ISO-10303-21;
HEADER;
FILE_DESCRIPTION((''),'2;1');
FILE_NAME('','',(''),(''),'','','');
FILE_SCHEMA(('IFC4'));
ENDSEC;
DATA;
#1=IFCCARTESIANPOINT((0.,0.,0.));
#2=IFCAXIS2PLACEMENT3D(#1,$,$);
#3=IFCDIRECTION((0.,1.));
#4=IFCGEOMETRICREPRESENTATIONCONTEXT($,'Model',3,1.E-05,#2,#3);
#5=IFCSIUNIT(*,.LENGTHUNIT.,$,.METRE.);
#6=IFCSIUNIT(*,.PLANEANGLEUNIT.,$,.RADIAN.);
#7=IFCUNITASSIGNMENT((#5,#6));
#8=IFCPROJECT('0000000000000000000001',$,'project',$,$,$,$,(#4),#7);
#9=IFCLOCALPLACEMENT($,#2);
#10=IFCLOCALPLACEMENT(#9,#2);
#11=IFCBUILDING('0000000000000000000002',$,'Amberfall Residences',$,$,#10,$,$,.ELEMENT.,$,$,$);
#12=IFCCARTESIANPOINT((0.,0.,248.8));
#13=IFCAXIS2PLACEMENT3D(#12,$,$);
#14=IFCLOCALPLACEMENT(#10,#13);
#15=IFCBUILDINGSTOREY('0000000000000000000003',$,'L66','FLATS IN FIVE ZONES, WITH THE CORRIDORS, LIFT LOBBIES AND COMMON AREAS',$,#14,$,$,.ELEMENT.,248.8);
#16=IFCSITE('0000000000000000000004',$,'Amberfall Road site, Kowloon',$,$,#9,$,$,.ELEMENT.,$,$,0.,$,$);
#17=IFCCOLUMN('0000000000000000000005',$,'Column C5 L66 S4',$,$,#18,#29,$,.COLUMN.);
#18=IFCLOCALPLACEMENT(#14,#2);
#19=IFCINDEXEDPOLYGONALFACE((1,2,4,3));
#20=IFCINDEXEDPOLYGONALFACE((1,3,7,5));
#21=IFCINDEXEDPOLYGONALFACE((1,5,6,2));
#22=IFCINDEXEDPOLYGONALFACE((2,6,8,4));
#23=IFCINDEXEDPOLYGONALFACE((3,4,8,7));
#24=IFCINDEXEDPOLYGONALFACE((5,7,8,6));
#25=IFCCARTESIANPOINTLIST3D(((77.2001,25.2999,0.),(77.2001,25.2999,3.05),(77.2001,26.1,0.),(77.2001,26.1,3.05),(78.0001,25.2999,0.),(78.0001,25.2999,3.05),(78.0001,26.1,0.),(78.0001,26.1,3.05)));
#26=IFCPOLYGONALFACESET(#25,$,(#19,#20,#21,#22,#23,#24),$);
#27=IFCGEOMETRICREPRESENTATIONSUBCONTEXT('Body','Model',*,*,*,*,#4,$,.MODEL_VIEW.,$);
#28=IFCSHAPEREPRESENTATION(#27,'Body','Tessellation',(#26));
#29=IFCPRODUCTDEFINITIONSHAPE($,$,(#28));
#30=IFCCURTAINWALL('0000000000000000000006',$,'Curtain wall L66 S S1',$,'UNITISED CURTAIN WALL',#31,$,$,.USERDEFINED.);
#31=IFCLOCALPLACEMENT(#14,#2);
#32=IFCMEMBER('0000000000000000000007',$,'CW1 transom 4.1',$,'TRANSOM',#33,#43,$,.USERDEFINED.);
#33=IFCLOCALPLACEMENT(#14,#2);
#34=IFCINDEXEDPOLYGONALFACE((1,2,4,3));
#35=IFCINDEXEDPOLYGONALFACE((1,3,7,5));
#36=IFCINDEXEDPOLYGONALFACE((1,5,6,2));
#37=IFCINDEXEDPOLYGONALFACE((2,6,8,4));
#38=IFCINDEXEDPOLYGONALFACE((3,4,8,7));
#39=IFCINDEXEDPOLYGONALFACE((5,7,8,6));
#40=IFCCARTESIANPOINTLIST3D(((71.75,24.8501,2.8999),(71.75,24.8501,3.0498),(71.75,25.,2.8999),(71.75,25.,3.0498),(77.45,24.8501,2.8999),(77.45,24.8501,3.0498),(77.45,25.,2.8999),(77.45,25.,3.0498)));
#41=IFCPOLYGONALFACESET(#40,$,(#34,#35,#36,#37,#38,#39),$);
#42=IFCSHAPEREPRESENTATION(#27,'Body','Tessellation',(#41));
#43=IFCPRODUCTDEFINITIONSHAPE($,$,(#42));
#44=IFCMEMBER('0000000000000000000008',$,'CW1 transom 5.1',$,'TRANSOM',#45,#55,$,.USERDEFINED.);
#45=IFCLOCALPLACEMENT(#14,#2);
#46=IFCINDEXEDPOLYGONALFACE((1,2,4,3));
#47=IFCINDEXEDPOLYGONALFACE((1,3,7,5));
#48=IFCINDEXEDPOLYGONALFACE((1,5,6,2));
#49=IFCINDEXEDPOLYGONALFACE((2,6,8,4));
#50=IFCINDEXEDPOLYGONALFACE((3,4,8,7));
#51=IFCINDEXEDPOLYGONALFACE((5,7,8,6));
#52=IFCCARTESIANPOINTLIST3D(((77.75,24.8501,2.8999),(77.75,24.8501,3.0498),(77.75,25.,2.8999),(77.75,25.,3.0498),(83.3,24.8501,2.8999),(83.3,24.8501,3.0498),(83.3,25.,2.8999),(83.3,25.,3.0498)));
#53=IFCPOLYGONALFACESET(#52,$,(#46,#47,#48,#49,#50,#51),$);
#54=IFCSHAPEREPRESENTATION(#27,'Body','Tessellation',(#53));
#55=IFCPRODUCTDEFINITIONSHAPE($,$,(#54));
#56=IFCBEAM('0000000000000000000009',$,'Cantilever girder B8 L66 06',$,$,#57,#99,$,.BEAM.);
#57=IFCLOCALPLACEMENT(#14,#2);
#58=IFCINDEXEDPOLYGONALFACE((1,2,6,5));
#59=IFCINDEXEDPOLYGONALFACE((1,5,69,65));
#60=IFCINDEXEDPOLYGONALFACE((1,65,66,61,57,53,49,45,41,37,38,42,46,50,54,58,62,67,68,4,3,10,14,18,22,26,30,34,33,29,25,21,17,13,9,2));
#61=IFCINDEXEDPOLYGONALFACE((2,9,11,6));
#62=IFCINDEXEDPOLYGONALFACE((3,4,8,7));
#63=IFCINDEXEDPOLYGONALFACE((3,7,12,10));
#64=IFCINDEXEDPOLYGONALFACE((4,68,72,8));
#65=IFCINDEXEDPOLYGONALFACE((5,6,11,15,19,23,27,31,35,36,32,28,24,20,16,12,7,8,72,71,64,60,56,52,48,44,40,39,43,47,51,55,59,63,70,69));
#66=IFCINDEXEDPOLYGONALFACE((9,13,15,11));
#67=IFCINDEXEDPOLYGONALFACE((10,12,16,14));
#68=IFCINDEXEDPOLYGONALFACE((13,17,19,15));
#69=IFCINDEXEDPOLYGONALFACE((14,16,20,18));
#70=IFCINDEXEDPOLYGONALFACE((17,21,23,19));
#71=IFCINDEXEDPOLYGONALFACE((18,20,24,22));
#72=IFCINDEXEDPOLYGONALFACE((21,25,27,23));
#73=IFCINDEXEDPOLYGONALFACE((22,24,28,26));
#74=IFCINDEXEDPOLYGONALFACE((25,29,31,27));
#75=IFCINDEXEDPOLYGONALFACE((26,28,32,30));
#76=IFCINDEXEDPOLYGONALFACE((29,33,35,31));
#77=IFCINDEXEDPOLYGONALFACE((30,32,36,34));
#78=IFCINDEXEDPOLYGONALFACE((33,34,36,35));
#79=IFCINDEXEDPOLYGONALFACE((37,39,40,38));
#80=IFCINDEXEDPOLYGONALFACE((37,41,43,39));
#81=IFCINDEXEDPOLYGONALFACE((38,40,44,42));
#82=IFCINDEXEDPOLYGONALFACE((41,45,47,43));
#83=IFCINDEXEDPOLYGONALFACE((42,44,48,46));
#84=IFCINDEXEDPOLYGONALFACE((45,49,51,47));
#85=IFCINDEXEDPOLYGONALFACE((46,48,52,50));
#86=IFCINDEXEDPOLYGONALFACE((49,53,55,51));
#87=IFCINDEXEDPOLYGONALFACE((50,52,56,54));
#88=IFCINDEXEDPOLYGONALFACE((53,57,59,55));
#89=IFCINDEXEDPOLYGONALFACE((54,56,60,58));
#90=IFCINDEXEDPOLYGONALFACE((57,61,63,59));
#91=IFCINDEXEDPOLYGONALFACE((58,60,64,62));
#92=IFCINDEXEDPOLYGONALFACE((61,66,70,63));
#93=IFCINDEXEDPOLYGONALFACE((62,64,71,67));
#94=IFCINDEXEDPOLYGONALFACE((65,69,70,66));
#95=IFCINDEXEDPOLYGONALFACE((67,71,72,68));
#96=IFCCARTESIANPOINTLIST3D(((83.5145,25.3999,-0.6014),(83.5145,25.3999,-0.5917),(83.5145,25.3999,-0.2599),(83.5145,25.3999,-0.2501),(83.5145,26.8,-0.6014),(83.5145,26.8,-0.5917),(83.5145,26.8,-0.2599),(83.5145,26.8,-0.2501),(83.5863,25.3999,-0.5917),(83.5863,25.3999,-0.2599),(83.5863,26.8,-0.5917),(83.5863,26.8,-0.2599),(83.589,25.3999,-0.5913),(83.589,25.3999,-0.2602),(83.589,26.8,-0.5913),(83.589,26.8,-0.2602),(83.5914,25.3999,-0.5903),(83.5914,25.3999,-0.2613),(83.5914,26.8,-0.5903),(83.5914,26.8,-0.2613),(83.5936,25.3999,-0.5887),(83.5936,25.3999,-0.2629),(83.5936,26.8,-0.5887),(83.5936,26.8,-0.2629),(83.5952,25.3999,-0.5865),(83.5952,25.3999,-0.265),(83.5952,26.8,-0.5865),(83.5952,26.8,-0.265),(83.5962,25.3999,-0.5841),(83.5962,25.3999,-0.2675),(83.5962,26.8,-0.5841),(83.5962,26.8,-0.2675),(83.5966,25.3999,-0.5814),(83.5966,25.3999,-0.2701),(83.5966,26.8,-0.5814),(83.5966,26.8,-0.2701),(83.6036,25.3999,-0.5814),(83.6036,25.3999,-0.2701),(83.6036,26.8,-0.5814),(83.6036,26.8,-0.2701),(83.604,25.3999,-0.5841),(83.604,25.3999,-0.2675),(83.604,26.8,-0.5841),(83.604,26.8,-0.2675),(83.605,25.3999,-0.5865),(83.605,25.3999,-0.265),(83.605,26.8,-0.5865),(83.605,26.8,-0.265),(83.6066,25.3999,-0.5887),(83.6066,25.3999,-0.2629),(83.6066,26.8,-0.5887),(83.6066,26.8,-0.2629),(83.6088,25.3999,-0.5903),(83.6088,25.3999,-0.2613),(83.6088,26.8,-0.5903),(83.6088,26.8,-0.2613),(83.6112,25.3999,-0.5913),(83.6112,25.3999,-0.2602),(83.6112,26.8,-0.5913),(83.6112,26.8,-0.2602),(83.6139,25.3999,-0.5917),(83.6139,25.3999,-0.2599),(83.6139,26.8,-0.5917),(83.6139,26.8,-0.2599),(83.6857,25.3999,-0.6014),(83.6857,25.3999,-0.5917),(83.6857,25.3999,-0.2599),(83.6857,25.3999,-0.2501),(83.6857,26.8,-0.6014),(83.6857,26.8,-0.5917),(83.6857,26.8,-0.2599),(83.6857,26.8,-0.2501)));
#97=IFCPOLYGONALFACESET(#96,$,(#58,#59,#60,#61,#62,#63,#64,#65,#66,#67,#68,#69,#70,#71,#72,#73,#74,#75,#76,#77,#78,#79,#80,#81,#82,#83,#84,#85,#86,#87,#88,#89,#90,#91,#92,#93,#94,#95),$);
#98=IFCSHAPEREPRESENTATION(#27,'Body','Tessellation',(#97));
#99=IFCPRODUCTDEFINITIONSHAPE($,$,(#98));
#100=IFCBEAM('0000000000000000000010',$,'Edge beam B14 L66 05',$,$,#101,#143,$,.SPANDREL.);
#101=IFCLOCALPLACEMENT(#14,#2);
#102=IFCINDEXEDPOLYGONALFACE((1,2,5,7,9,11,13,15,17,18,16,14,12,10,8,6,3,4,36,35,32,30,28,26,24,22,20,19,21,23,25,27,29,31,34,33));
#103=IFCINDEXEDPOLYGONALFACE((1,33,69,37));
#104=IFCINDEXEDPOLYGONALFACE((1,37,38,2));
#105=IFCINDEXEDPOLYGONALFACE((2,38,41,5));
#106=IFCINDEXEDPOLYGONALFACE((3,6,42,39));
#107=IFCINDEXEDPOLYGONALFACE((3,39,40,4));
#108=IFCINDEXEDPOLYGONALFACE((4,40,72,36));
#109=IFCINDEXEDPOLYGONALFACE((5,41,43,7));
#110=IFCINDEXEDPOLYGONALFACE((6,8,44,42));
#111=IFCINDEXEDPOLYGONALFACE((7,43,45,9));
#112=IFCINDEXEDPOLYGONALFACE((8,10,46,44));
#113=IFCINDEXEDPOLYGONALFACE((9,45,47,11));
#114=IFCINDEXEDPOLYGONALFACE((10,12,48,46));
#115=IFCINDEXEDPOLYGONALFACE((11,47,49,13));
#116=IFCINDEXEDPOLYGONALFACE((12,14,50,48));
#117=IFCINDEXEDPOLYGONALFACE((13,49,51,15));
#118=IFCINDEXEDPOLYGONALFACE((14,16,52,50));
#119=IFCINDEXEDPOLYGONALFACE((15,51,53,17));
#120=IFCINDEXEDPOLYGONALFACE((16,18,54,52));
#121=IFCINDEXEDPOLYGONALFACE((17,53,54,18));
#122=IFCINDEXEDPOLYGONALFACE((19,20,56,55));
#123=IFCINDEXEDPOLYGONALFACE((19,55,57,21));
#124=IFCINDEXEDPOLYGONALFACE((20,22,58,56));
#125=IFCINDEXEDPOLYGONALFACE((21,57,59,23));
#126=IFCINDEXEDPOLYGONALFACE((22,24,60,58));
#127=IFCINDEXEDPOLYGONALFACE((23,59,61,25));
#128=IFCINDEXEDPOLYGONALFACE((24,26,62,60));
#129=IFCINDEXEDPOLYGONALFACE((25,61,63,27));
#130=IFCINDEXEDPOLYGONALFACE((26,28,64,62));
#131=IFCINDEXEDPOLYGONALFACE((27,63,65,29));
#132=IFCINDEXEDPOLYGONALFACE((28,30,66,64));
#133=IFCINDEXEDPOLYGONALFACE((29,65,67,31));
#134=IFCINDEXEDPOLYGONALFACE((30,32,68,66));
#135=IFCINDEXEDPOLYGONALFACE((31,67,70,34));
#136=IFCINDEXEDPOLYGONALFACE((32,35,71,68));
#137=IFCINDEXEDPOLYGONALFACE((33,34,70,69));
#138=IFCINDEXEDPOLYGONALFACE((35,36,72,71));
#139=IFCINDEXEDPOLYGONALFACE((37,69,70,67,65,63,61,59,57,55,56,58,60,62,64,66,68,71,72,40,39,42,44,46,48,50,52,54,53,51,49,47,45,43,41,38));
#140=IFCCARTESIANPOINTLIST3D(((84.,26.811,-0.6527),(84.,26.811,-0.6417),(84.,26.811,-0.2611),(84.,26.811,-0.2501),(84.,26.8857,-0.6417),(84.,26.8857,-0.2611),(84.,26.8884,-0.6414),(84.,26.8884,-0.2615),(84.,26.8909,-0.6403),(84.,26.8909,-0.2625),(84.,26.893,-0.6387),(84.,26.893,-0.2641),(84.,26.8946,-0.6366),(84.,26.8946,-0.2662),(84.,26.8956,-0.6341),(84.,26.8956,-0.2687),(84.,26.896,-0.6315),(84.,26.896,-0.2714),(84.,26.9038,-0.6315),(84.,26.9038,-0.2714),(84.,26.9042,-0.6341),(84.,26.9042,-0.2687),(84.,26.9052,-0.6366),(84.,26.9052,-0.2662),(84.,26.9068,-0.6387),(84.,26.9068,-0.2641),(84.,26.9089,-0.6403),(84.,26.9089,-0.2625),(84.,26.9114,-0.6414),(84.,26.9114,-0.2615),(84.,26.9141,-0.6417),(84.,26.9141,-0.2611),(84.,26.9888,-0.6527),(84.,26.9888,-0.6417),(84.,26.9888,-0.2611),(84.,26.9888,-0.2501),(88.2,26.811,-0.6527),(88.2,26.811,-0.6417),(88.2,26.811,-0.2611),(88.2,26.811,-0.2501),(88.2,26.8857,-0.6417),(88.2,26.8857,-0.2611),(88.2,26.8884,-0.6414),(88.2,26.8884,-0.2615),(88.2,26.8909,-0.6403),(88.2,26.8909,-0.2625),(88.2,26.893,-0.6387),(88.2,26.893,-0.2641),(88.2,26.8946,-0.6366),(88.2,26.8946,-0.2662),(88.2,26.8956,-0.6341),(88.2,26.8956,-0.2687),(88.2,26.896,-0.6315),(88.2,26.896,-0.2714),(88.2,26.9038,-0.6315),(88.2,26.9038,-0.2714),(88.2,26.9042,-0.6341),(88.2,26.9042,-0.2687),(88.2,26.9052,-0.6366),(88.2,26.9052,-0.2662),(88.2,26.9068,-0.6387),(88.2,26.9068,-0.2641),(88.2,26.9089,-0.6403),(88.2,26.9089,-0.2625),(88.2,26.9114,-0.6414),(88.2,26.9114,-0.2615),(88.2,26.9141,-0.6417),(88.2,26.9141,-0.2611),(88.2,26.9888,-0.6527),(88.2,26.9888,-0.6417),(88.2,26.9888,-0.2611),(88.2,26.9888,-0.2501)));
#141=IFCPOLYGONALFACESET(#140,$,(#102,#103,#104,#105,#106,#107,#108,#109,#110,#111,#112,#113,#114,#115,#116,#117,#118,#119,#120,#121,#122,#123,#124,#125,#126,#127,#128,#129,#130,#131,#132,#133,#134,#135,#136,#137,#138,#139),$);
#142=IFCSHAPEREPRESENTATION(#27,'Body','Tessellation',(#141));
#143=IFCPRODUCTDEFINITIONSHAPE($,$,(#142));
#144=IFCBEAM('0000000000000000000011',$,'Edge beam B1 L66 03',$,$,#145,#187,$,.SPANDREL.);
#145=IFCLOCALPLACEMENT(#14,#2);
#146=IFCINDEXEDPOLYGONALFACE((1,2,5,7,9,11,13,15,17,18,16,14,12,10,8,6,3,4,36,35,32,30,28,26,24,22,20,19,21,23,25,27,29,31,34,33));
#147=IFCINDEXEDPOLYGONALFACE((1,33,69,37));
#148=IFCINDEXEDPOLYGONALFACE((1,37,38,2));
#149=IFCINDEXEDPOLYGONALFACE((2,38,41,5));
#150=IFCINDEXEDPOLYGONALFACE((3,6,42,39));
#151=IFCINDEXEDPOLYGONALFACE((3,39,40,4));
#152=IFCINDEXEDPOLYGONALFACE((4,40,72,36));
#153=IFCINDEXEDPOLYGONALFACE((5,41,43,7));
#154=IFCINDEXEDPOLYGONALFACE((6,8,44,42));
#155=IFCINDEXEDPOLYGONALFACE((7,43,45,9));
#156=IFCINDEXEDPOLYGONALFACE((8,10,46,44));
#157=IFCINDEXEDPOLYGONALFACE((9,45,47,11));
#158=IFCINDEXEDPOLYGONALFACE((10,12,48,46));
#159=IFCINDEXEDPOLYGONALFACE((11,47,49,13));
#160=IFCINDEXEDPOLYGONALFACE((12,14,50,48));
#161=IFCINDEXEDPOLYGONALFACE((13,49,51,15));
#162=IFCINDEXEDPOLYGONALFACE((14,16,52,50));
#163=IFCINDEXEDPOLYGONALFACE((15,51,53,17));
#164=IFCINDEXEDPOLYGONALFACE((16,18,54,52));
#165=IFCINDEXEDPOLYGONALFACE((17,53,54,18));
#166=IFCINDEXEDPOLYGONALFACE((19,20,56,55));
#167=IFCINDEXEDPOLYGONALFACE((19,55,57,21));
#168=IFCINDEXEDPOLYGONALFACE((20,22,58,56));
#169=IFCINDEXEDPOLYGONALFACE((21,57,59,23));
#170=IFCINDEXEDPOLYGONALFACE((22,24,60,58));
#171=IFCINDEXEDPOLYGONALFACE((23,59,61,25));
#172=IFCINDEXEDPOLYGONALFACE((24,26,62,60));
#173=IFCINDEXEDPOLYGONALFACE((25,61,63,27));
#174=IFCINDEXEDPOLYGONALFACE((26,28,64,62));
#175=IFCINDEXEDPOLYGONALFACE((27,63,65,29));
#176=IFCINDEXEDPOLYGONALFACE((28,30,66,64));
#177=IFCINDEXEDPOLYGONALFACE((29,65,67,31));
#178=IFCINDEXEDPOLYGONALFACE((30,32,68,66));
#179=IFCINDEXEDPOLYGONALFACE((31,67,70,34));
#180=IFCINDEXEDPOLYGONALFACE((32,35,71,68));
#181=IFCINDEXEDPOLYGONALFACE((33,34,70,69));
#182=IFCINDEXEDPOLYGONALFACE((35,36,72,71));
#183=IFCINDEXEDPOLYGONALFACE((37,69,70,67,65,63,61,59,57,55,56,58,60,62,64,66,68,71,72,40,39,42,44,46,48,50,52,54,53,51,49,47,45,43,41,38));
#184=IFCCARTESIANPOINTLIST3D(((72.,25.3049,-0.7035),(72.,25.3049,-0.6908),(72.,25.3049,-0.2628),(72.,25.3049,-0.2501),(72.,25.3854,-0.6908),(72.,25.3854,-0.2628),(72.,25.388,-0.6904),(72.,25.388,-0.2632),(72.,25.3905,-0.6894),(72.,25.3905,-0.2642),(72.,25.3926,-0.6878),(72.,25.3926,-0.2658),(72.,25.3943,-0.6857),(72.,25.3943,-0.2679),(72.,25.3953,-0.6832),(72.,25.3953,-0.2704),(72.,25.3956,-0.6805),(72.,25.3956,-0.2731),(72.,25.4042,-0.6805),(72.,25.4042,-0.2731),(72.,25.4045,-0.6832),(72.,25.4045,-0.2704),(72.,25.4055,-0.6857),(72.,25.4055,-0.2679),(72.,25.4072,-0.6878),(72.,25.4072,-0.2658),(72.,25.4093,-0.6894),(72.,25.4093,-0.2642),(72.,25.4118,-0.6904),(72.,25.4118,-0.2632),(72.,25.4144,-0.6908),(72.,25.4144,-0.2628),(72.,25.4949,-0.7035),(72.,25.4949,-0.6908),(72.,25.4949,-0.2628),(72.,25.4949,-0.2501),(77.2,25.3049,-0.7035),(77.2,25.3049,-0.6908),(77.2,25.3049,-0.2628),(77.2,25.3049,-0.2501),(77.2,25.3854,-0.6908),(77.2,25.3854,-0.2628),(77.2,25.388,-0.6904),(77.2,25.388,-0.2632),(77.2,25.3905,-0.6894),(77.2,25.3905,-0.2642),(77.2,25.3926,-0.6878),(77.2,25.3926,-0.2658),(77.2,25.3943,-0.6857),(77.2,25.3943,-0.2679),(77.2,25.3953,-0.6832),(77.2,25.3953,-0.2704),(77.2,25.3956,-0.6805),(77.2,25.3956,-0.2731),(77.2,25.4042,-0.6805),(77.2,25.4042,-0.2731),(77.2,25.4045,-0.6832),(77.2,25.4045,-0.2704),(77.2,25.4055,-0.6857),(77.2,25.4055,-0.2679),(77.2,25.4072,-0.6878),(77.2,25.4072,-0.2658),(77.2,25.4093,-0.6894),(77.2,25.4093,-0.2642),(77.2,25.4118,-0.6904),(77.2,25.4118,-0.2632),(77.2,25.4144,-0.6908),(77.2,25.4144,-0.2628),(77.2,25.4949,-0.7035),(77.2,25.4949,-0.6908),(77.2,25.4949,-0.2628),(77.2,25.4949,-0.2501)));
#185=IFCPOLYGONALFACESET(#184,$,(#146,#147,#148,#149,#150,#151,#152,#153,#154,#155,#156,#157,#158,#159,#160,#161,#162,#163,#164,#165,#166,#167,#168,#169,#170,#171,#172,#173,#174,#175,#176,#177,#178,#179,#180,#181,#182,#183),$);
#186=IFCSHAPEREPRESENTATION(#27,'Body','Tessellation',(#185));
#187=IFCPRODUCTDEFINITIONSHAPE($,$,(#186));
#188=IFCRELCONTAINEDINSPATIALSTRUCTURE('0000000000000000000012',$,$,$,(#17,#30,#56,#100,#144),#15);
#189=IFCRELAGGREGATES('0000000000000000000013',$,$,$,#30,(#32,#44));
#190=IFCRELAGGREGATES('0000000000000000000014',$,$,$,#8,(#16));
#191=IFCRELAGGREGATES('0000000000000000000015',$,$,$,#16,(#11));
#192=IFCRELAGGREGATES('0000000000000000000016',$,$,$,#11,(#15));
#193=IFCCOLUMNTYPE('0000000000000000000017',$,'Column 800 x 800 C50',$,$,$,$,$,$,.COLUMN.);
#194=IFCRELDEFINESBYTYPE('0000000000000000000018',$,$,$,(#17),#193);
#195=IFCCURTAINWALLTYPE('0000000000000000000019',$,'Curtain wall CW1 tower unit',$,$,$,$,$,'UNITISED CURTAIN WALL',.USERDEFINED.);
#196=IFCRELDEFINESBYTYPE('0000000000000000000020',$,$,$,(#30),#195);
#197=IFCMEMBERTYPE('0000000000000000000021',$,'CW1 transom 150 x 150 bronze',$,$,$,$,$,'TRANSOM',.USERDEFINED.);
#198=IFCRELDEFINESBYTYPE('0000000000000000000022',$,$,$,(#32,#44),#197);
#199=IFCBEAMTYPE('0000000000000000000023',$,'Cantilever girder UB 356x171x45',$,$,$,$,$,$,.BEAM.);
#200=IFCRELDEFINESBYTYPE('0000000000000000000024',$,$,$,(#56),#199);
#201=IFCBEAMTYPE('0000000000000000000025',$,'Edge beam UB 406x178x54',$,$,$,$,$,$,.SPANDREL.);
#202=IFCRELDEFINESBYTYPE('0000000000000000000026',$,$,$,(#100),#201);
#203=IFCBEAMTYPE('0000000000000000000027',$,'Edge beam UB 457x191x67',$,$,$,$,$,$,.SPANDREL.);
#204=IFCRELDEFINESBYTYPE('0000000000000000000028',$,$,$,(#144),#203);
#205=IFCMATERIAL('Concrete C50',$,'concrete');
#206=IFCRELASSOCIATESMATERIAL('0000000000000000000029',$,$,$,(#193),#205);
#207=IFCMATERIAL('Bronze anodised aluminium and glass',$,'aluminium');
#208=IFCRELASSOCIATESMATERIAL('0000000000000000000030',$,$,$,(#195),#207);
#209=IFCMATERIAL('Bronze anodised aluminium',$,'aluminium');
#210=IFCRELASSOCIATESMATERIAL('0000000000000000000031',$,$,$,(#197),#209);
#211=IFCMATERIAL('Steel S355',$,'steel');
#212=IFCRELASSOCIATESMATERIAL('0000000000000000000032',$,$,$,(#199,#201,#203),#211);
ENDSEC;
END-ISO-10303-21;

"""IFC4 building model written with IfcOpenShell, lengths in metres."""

from ifc_helpers import new_model, si_unit, direction, frame, origin, origin_2d, place, context, subcontext, project, spatial, rectangle, i_section, extrude, material, material_profile, profile_set, type_object, element, aggregate, save


model = new_model("IFC4")

# Units and contexts
model_context = context("Model", 3, precision=1e-05, world=origin(), true_north=direction((0.0, 1.0)))
body_context = subcontext(model_context, "Body", "Model", "MODEL_VIEW")
ifc_project = project(units=[si_unit("LENGTHUNIT", "METRE"), si_unit("PLANEANGLEUNIT", "RADIAN")], contexts=[model_context])

# Site, building, storey
site_placement = place(None, origin())
site = spatial("IfcSite", under=ifc_project, at=site_placement, Name="Amberfall Road site, Kowloon", CompositionType="ELEMENT", RefElevation=0.0)
building_placement = place(site_placement, origin())
building = spatial("IfcBuilding", under=site, at=building_placement, Name="Amberfall Residences", CompositionType="ELEMENT")
storey_placement = place(building_placement, frame((0.0, 0.0, 248.8)))
storey = spatial("IfcBuildingStorey", under=building, at=storey_placement, Name="L66", Description="FLATS IN FIVE ZONES, WITH THE CORRIDORS, LIFT LOBBIES AND COMMON AREAS", CompositionType="ELEMENT", Elevation=248.8)

# Column
ifc_material_1 = material(Name="Concrete C50", Category="concrete")
ifc_material_profile_1 = material_profile(ifc_material_1, rectangle(XDim=0.8, YDim=0.8, at=origin_2d()), Name="Column 800 x 800 C50")
ifc_profile_set_1 = profile_set([ifc_material_profile_1], Name="Concrete C50")
column_type = type_object("IfcColumnType", Name="Column 800 x 800 C50", PredefinedType="COLUMN", material=ifc_profile_set_1)
column_placement = place(storey_placement, frame((77.6001, 25.7, 0.0), z_axis=(0.0, 0.0, 1.0), x_axis=(1.0, 0.0, 0.0)))
element("IfcColumn", 1, at=column_placement, inside=storey, type_object=column_type, Name="Column C5 L66 S4", PredefinedType="COLUMN", context=body_context, shape_type="SweptSolid", body=[
    extrude(rectangle(XDim=0.8, YDim=0.8, at=origin_2d()), origin(), (0.0, 0.0, 1.0), 3.05),
])

# Curtain wall, members
ifc_material_2 = material(Name="Bronze anodised aluminium and glass", Category="aluminium")
curtain_wall_type = type_object("IfcCurtainWallType", Name="Curtain wall CW1 tower unit", ElementType="UNITISED CURTAIN WALL", PredefinedType="USERDEFINED", material=ifc_material_2)
curtain_wall_placement = place(storey_placement, origin())
curtain_wall = element("IfcCurtainWall", 2, at=curtain_wall_placement, inside=storey, type_object=curtain_wall_type, Name="Curtain wall L66 S S1", ObjectType="UNITISED CURTAIN WALL", PredefinedType="USERDEFINED")
ifc_material_3 = material(Name="Bronze anodised aluminium", Category="aluminium")
ifc_material_profile_2 = material_profile(ifc_material_3, rectangle(XDim=0.1499, YDim=0.1499, at=origin_2d()), Name="CW1 transom 150 x 150 bronze")
ifc_profile_set_2 = profile_set([ifc_material_profile_2], Name="Bronze anodised aluminium")
member_type_1 = type_object("IfcMemberType", Name="CW1 transom 150 x 150 bronze", ElementType="TRANSOM", PredefinedType="USERDEFINED", material=ifc_profile_set_2)
member_1_placement = place(storey_placement, frame((71.75, 24.925, 2.9749), z_axis=(1.0, 0.0, 0.0), x_axis=(0.0, 1.0, 0.0)))
member_1 = element("IfcMember", 3, at=member_1_placement, type_object=member_type_1, Name="CW1 transom 4.1", ObjectType="TRANSOM", PredefinedType="USERDEFINED", context=body_context, shape_type="SweptSolid", body=[
    extrude(rectangle(XDim=0.1499, YDim=0.1499, at=origin_2d()), origin(), (0.0, 0.0, 1.0), 5.7),
])
member_2_placement = place(storey_placement, frame((77.75, 24.925, 2.9749), z_axis=(1.0, 0.0, 0.0), x_axis=(0.0, 1.0, 0.0)))
member_2 = element("IfcMember", 4, at=member_2_placement, type_object=member_type_1, Name="CW1 transom 5.1", ObjectType="TRANSOM", PredefinedType="USERDEFINED", context=body_context, shape_type="SweptSolid", body=[
    extrude(rectangle(XDim=0.1499, YDim=0.1499, at=origin_2d()), origin(), (0.0, 0.0, 1.0), 5.55),
])

# Beams
ifc_material_4 = material(Name="Steel S355", Category="steel")
ifc_material_profile_3 = material_profile(ifc_material_4, i_section(OverallWidth=0.1711, OverallDepth=0.3513, WebThickness=0.0071, FlangeThickness=0.0098, FilletRadius=0.0103, at=origin_2d()), Name="UB 356x171x45")
ifc_profile_set_3 = profile_set([ifc_material_profile_3], Name="Steel S355")
beam_type_1 = type_object("IfcBeamType", Name="Cantilever girder UB 356x171x45", PredefinedType="BEAM", material=ifc_profile_set_3)
beam_1_placement = place(storey_placement, frame((83.6001, 26.8, -0.4258), z_axis=(0.0, -1.0, 0.0), x_axis=(1.0, 0.0, 0.0)))
element("IfcBeam", 5, at=beam_1_placement, inside=storey, type_object=beam_type_1, Name="Cantilever girder B8 L66 06", PredefinedType="BEAM", context=body_context, shape_type="SweptSolid", body=[
    extrude(i_section(OverallWidth=0.1711, OverallDepth=0.3513, WebThickness=0.0071, FlangeThickness=0.0098, FilletRadius=0.0103, at=origin_2d()), origin(), (0.0, 0.0, 1.0), 1.4001),
])
ifc_material_profile_4 = material_profile(ifc_material_4, i_section(OverallWidth=0.1777, OverallDepth=0.4026, WebThickness=0.0078, FlangeThickness=0.011, FilletRadius=0.0103, at=origin_2d()), Name="UB 406x178x54")
ifc_profile_set_4 = profile_set([ifc_material_profile_4], Name="Steel S355")
beam_type_2 = type_object("IfcBeamType", Name="Edge beam UB 406x178x54", PredefinedType="SPANDREL", material=ifc_profile_set_4)
beam_2_placement = place(storey_placement, frame((84.0, 26.8999, -0.4514), z_axis=(1.0, 0.0, 0.0), x_axis=(0.0, 1.0, 0.0)))
element("IfcBeam", 6, at=beam_2_placement, inside=storey, type_object=beam_type_2, Name="Edge beam B14 L66 05", PredefinedType="SPANDREL", context=body_context, shape_type="SweptSolid", body=[
    extrude(i_section(OverallWidth=0.1777, OverallDepth=0.4026, WebThickness=0.0078, FlangeThickness=0.011, FilletRadius=0.0103, at=origin_2d()), origin(), (0.0, 0.0, 1.0), 4.2),
])
ifc_material_profile_5 = material_profile(ifc_material_4, i_section(OverallWidth=0.1899, OverallDepth=0.4534, WebThickness=0.0085, FlangeThickness=0.0127, FilletRadius=0.0103, at=origin_2d()), Name="UB 457x191x67")
ifc_profile_set_5 = profile_set([ifc_material_profile_5], Name="Steel S355")
beam_type_3 = type_object("IfcBeamType", Name="Edge beam UB 457x191x67", PredefinedType="SPANDREL", material=ifc_profile_set_5)
beam_3_placement = place(storey_placement, frame((72.0, 25.3999, -0.4768), z_axis=(1.0, 0.0, 0.0), x_axis=(0.0, 1.0, 0.0)))
element("IfcBeam", 7, at=beam_3_placement, inside=storey, type_object=beam_type_3, Name="Edge beam B1 L66 03", PredefinedType="SPANDREL", context=body_context, shape_type="SweptSolid", body=[
    extrude(i_section(OverallWidth=0.1899, OverallDepth=0.4534, WebThickness=0.0085, FlangeThickness=0.0127, FilletRadius=0.0103, at=origin_2d()), origin(), (0.0, 0.0, 1.0), 5.2),
])

aggregate(curtain_wall, [member_1, member_2])

save(model, "model.ifc")
